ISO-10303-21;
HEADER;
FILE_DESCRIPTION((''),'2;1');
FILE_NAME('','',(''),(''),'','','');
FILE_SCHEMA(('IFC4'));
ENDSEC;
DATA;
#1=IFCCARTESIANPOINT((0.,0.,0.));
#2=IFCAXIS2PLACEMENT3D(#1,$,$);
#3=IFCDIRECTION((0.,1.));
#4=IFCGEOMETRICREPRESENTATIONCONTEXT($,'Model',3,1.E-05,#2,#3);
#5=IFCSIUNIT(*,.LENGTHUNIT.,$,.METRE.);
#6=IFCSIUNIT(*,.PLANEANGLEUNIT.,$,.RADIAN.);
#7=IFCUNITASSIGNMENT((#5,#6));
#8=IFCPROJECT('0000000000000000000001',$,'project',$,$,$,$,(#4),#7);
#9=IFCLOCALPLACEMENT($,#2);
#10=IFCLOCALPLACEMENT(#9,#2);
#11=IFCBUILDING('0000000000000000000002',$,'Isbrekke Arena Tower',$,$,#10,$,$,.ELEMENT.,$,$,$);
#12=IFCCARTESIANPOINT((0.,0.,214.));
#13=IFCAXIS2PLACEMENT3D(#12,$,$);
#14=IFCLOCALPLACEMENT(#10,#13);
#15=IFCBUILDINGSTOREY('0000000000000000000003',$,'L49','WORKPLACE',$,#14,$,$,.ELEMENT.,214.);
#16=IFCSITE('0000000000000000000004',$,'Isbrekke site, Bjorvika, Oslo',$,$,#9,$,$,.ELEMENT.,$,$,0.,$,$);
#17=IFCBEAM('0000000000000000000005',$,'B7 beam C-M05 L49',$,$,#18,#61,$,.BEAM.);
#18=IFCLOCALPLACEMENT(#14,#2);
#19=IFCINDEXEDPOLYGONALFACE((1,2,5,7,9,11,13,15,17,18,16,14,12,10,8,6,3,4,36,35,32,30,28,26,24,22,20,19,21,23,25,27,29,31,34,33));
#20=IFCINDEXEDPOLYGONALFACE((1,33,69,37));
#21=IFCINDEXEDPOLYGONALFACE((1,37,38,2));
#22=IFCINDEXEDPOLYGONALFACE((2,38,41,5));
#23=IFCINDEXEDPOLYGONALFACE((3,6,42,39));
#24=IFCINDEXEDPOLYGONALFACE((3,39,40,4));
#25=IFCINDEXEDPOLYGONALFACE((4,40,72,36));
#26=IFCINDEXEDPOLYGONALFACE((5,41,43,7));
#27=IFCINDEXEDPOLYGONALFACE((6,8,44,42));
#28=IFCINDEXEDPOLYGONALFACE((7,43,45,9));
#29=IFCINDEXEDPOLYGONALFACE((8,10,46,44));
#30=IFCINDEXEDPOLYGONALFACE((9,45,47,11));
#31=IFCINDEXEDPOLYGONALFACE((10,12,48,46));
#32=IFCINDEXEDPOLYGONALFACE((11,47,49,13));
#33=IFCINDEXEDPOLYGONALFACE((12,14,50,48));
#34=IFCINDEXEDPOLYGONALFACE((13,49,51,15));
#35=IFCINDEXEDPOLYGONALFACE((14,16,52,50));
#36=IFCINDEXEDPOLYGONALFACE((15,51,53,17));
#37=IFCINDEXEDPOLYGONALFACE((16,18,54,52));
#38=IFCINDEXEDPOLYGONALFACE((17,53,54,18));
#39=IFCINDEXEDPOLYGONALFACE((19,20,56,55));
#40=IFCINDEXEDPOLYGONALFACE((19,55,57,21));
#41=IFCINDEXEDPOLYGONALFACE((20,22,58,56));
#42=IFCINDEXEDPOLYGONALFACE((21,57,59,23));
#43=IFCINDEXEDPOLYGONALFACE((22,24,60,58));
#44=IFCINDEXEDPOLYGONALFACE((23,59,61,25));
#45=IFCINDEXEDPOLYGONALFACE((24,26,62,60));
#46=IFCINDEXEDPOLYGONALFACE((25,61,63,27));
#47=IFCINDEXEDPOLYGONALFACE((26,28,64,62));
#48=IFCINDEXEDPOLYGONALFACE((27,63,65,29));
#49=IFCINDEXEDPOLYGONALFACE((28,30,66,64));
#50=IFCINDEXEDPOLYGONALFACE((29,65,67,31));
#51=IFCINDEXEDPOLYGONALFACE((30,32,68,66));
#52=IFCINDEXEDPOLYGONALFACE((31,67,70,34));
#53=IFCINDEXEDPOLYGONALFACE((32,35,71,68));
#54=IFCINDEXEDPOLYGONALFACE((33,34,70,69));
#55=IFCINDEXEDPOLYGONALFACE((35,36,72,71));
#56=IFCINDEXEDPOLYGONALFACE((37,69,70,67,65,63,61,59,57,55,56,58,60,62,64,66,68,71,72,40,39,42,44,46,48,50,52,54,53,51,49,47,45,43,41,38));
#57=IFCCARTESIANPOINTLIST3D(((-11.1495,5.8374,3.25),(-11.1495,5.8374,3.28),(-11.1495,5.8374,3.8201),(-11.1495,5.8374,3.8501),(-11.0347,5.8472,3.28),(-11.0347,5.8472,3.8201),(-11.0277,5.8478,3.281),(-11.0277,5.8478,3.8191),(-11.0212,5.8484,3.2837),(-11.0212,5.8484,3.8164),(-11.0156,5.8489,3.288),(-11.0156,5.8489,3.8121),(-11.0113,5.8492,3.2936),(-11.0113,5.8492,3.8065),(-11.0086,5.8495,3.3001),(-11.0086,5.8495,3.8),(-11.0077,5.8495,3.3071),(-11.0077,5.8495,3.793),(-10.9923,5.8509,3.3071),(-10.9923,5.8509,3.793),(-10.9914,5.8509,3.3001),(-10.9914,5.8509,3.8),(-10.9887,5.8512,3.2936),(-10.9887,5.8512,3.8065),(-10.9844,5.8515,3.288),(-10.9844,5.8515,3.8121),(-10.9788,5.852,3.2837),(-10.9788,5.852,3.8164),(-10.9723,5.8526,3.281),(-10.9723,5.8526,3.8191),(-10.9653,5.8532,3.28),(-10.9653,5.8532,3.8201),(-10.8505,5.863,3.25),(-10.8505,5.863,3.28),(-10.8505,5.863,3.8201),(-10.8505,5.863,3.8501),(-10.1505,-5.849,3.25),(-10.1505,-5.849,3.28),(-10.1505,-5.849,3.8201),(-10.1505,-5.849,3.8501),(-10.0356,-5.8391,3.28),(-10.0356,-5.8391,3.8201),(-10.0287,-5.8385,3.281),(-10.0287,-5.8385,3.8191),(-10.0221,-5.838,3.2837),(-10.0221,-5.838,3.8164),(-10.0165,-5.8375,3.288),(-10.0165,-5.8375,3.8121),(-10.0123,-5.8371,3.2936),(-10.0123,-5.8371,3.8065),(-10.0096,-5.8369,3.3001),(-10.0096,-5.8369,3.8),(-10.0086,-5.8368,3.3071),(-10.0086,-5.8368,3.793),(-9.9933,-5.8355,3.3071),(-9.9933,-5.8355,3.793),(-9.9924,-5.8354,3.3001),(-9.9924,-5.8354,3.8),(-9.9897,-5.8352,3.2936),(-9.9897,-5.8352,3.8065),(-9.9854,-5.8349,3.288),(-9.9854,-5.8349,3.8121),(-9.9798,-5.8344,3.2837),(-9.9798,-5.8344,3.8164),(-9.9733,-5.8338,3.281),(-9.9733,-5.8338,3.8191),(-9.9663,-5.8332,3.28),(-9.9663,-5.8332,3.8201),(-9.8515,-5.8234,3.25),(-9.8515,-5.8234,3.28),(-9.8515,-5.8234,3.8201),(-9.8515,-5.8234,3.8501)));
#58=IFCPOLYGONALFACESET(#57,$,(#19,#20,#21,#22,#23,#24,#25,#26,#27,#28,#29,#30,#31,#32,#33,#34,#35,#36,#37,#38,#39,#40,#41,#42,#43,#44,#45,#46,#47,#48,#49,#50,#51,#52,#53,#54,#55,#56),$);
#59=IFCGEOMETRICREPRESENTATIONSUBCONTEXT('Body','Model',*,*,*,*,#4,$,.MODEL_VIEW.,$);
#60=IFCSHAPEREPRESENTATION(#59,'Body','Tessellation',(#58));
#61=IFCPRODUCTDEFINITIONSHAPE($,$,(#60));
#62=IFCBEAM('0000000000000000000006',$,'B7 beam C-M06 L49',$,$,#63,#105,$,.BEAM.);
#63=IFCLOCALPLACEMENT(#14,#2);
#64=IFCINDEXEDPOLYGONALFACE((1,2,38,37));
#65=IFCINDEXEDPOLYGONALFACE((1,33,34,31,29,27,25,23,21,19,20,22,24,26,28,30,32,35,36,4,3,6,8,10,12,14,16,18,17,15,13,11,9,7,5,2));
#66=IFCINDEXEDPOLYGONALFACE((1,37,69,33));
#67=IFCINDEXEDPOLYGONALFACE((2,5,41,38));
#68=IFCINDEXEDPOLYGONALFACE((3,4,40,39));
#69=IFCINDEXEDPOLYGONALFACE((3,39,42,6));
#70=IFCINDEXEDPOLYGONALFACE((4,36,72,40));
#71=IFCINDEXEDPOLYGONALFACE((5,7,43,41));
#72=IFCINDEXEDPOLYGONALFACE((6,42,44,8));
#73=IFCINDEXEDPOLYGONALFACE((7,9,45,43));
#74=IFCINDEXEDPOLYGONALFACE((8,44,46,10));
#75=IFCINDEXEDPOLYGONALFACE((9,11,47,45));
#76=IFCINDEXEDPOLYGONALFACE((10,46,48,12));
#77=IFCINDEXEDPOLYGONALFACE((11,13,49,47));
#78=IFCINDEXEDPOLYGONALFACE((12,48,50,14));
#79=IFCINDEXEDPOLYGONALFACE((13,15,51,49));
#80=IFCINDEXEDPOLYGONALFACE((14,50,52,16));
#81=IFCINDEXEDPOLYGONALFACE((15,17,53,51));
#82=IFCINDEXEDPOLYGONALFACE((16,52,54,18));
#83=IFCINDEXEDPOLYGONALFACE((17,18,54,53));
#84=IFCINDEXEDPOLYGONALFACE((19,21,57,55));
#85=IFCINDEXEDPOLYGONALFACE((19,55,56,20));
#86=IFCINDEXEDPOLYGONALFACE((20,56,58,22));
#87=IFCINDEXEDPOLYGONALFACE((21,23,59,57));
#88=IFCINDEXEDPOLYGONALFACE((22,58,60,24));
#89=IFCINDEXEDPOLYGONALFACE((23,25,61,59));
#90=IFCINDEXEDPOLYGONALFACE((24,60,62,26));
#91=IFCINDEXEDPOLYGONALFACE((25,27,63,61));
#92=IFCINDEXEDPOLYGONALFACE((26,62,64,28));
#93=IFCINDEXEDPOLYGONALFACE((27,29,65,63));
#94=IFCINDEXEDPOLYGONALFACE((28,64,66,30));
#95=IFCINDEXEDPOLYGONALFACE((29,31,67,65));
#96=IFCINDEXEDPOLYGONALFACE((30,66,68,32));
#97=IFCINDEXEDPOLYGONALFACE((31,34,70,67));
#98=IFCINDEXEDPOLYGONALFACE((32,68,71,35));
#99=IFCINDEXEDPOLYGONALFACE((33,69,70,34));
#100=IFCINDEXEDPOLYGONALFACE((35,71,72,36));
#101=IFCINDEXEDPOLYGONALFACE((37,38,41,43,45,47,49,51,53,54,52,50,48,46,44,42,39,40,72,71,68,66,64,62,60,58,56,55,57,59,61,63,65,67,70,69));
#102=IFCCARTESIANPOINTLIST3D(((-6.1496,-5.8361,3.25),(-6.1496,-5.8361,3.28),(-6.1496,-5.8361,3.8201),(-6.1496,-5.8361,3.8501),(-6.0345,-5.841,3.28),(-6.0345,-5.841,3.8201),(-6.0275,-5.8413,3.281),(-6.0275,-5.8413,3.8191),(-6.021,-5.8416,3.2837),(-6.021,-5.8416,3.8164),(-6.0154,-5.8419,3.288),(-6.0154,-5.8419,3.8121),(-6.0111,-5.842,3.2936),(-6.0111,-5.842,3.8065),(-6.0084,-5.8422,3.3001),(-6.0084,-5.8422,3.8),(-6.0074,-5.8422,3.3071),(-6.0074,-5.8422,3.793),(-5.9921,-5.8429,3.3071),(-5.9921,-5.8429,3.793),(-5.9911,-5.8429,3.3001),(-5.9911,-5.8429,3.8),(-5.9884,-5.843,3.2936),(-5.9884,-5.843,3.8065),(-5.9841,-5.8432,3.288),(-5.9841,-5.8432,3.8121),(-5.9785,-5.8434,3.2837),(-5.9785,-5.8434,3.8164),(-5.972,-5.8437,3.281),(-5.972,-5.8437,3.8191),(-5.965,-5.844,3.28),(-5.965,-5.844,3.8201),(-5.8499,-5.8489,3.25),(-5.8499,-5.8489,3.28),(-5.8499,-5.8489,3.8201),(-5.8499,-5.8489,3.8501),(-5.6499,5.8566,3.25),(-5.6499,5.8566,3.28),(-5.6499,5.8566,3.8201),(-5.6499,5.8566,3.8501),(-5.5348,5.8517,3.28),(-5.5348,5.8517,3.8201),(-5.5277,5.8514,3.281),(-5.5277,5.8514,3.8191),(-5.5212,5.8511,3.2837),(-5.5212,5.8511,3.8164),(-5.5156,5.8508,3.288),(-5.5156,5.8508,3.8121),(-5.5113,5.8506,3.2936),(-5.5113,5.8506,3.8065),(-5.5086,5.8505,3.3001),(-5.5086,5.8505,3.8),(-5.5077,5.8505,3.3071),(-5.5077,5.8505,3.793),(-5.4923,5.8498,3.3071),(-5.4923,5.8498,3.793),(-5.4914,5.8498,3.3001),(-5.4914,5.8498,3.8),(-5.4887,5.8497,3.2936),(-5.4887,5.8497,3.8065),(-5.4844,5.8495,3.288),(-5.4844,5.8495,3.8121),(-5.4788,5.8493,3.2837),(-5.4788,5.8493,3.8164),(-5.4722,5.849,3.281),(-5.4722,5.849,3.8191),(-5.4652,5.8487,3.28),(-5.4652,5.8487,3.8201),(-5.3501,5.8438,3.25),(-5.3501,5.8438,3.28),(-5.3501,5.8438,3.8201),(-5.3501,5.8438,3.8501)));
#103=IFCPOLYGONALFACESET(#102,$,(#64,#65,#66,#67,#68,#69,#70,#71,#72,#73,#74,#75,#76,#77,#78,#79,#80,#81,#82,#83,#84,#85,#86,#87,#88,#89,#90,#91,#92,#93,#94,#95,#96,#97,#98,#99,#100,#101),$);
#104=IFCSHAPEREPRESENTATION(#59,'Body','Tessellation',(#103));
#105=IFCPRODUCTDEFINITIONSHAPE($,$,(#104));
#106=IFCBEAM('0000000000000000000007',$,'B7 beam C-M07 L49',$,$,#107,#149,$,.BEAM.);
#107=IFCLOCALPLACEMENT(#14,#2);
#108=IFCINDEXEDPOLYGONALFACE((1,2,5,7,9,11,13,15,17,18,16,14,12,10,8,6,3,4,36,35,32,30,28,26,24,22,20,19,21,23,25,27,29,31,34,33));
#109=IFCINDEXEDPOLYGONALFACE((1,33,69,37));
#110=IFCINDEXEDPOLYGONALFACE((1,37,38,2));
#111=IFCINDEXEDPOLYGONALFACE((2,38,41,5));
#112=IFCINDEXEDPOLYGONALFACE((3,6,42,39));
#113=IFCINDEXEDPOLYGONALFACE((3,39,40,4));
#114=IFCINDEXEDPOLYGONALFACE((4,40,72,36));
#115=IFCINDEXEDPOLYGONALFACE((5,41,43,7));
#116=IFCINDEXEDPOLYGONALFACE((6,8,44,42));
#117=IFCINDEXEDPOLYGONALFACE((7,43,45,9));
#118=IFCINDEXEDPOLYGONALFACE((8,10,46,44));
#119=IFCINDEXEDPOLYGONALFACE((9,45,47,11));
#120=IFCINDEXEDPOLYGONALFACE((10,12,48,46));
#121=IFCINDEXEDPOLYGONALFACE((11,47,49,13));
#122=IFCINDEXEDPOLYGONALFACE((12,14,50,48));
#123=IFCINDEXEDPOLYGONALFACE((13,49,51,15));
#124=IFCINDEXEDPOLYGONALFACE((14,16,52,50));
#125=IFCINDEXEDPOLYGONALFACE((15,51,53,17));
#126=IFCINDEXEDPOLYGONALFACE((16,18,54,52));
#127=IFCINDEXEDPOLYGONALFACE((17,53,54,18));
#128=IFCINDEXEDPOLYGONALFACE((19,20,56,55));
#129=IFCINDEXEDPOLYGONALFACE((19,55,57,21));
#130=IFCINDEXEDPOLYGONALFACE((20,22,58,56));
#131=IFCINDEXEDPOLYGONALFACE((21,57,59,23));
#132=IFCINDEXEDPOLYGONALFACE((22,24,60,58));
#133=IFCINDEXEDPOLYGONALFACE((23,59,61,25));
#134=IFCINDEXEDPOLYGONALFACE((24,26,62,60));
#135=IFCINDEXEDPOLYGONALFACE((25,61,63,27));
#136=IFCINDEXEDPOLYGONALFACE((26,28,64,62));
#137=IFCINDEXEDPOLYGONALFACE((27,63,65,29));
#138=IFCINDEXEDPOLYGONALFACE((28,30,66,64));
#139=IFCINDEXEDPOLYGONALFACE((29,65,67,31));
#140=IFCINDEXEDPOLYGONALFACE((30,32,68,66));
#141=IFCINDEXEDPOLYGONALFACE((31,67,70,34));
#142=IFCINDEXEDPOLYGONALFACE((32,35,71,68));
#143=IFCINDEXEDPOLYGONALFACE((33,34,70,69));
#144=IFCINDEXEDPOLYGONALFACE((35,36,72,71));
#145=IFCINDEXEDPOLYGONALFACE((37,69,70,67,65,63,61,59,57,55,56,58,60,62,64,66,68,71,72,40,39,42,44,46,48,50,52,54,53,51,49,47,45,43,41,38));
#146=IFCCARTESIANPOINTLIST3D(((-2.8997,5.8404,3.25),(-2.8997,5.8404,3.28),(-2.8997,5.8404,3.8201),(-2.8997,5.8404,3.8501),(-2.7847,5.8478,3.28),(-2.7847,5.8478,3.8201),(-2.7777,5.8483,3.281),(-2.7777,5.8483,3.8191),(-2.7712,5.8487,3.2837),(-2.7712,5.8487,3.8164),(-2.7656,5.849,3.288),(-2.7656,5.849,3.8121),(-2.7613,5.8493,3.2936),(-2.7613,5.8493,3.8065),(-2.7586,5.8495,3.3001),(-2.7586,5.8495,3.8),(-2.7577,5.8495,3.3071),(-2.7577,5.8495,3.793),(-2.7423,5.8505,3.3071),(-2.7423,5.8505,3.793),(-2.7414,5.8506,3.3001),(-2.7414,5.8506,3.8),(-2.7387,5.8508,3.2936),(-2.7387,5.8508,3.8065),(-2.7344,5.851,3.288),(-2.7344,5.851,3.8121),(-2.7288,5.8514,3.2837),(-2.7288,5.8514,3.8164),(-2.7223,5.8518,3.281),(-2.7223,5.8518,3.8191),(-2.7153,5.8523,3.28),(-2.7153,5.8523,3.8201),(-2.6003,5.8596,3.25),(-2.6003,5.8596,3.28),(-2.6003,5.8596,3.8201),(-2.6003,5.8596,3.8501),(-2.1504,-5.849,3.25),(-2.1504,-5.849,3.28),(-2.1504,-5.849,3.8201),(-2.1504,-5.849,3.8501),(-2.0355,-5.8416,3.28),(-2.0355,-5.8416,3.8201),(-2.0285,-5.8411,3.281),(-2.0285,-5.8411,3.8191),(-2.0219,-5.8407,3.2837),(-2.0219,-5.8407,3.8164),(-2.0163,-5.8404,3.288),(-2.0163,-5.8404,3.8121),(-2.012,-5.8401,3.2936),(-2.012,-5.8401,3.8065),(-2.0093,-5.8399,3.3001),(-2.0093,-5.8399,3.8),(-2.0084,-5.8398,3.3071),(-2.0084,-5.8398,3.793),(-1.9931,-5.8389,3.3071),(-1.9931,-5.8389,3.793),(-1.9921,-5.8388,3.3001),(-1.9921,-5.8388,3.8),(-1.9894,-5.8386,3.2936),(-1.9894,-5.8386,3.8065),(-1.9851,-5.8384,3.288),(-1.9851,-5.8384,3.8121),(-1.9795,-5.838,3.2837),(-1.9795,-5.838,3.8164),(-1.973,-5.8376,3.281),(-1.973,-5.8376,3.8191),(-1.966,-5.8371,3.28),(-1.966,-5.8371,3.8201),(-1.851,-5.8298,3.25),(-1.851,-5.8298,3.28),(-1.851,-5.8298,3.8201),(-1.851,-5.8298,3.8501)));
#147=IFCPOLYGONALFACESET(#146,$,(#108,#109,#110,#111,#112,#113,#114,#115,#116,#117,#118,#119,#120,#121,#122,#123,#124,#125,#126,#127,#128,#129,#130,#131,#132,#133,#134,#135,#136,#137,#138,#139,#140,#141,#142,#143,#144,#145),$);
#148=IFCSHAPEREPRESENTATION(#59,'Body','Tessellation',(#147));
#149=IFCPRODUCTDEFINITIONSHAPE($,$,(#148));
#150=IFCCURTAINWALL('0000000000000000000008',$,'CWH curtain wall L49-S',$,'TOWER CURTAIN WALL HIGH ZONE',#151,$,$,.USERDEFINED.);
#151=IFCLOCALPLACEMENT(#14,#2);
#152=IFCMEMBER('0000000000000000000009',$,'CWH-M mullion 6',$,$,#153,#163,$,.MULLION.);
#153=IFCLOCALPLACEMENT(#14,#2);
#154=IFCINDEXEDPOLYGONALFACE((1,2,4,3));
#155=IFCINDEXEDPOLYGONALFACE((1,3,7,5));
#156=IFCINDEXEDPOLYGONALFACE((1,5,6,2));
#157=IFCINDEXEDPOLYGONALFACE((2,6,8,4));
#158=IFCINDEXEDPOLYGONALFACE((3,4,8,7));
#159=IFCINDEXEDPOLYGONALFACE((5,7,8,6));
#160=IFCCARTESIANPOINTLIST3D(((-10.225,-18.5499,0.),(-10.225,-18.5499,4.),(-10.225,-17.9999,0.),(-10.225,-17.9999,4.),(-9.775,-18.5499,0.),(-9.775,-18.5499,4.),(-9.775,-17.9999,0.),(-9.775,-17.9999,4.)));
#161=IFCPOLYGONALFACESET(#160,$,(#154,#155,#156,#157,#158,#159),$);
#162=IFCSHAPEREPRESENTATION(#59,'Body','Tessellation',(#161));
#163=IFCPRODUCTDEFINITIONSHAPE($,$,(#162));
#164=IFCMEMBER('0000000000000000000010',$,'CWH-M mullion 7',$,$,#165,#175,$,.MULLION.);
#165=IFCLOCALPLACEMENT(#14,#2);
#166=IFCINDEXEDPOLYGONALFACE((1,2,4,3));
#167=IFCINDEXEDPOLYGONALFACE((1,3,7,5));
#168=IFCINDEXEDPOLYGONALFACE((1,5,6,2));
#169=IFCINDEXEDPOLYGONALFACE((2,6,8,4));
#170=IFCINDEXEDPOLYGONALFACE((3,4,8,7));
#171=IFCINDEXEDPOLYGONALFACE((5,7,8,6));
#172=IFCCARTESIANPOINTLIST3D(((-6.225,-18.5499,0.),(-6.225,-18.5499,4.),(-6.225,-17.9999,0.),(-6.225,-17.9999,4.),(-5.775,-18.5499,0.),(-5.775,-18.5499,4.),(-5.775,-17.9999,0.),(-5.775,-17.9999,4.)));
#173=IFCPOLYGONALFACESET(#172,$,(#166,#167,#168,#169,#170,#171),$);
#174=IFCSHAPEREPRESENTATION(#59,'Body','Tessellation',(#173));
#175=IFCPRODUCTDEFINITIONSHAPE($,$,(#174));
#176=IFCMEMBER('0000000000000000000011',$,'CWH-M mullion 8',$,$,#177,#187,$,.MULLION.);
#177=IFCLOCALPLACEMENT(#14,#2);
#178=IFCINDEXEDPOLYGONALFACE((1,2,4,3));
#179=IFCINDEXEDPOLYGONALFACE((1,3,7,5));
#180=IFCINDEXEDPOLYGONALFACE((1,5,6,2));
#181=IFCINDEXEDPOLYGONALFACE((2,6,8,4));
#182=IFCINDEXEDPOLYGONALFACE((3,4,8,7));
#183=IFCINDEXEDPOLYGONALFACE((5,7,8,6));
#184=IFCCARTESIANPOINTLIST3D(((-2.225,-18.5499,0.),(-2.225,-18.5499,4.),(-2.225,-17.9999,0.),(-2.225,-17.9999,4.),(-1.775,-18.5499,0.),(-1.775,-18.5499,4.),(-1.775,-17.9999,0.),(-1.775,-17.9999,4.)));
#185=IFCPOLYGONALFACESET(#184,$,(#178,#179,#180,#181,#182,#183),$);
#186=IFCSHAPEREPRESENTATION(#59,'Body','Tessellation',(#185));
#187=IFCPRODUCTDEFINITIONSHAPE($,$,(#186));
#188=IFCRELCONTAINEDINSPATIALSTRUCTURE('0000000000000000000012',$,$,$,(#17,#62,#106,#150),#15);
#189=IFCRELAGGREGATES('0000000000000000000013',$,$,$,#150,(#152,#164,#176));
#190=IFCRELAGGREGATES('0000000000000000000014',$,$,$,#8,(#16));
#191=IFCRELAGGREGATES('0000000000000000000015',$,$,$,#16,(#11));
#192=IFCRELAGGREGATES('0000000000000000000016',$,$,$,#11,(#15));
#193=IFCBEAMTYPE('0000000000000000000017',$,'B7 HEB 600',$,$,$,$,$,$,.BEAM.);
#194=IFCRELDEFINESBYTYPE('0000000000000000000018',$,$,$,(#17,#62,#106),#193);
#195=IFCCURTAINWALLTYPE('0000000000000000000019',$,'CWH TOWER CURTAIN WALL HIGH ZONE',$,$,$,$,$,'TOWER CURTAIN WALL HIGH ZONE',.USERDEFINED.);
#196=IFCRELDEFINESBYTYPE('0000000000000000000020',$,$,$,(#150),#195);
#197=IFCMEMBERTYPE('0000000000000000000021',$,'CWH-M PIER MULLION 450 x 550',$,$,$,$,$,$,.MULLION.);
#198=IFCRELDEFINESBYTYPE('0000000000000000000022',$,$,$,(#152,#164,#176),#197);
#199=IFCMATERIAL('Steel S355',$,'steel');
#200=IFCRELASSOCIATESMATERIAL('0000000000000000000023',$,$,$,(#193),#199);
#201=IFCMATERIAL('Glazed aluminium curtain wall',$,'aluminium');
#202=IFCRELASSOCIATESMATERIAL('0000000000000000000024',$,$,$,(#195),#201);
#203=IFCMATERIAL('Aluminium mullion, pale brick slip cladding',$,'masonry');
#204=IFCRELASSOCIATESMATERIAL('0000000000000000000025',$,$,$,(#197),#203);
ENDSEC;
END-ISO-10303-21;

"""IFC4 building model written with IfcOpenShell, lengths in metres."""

from ifc_helpers import new_model, si_unit, direction, frame, origin, origin_2d, place, context, subcontext, project, spatial, rectangle, i_section, extrude, material, material_profile, profile_set, type_object, element, aggregate, save


model = new_model("IFC4")

# Units and contexts
model_context = context("Model", 3, precision=1e-05, world=origin(), true_north=direction((0.0, 1.0)))
body_context = subcontext(model_context, "Body", "Model", "MODEL_VIEW")
ifc_project = project(units=[si_unit("LENGTHUNIT", "METRE"), si_unit("PLANEANGLEUNIT", "RADIAN")], contexts=[model_context])

# Site, building, storey
site_placement = place(None, origin())
site = spatial("IfcSite", under=ifc_project, at=site_placement, Name="Isbrekke site, Bjorvika, Oslo", CompositionType="ELEMENT", RefElevation=0.0)
building_placement = place(site_placement, origin())
building = spatial("IfcBuilding", under=site, at=building_placement, Name="Isbrekke Arena Tower", CompositionType="ELEMENT")
storey_placement = place(building_placement, frame((0.0, 0.0, 214.0)))
storey = spatial("IfcBuildingStorey", under=building, at=storey_placement, Name="L49", Description="WORKPLACE", CompositionType="ELEMENT", Elevation=214.0)

# Beams
ifc_material_1 = material(Name="Steel S355", Category="steel")
ifc_material_profile_1 = material_profile(ifc_material_1, i_section(OverallWidth=0.3, OverallDepth=0.6001, WebThickness=0.0154, FlangeThickness=0.03, FilletRadius=0.0271, at=origin_2d()), Name="HEB 600")
ifc_profile_set_1 = profile_set([ifc_material_profile_1], Name="Steel S355")
beam_type_1 = type_object("IfcBeamType", Name="B7 HEB 600", PredefinedType="BEAM", material=ifc_profile_set_1)
beam_1_placement = place(storey_placement, frame((-10.001, -5.8362, 3.55), z_axis=(-0.085176, 0.996366, 0.0), x_axis=(-0.996366, -0.085176, 0.0)))
element("IfcBeam", 1, at=beam_1_placement, inside=storey, type_object=beam_type_1, Name="B7 beam C-M05 L49", PredefinedType="BEAM", context=body_context, shape_type="SweptSolid", body=[
    extrude(i_section(OverallWidth=0.3, OverallDepth=0.6001, WebThickness=0.0154, FlangeThickness=0.03, FilletRadius=0.0271, at=origin_2d()), origin(), (0.0, 0.0, 1.0), 11.729),
])
beam_2_placement = place(storey_placement, frame((-5.9998, -5.8425, 3.55), z_axis=(0.042702, 0.999088, 0.0), x_axis=(-0.999088, 0.042702, 0.0)))
element("IfcBeam", 2, at=beam_2_placement, inside=storey, type_object=beam_type_1, Name="B7 beam C-M06 L49", PredefinedType="BEAM", context=body_context, shape_type="SweptSolid", body=[
    extrude(i_section(OverallWidth=0.3, OverallDepth=0.6001, WebThickness=0.0154, FlangeThickness=0.03, FilletRadius=0.0271, at=origin_2d()), origin(), (0.0, 0.0, 1.0), 11.7034),
])
beam_3_placement = place(storey_placement, frame((-2.0007, -5.8394, 3.55), z_axis=(-0.063966, 0.997952, 0.0), x_axis=(-0.997952, -0.063966, 0.0)))
element("IfcBeam", 3, at=beam_3_placement, inside=storey, type_object=beam_type_1, Name="B7 beam C-M07 L49", PredefinedType="BEAM", context=body_context, shape_type="SweptSolid", body=[
    extrude(i_section(OverallWidth=0.3, OverallDepth=0.6001, WebThickness=0.0154, FlangeThickness=0.03, FilletRadius=0.0271, at=origin_2d()), origin(), (0.0, 0.0, 1.0), 11.7134),
])

# Curtain wall, members
ifc_material_2 = material(Name="Glazed aluminium curtain wall", Category="aluminium")
curtain_wall_type = type_object("IfcCurtainWallType", Name="CWH TOWER CURTAIN WALL HIGH ZONE", ElementType="TOWER CURTAIN WALL HIGH ZONE", PredefinedType="USERDEFINED", material=ifc_material_2)
curtain_wall_placement = place(storey_placement, origin())
curtain_wall = element("IfcCurtainWall", 4, at=curtain_wall_placement, inside=storey, type_object=curtain_wall_type, Name="CWH curtain wall L49-S", ObjectType="TOWER CURTAIN WALL HIGH ZONE", PredefinedType="USERDEFINED")
ifc_material_3 = material(Name="Aluminium mullion, pale brick slip cladding", Category="masonry")
ifc_material_profile_2 = material_profile(ifc_material_3, rectangle(XDim=0.45, YDim=0.55, at=origin_2d()), Name="PIER 450X550")
ifc_profile_set_2 = profile_set([ifc_material_profile_2], Name="Aluminium mullion, pale brick slip cladding")
member_type_1 = type_object("IfcMemberType", Name="CWH-M PIER MULLION 450 x 550", PredefinedType="MULLION", material=ifc_profile_set_2)
member_1_placement = place(storey_placement, frame((-10.0, -18.2749, 0.0), z_axis=(0.0, 0.0, 1.0), x_axis=(1.0, 0.0, 0.0)))
member_1 = element("IfcMember", 5, at=member_1_placement, type_object=member_type_1, Name="CWH-M mullion 6", PredefinedType="MULLION", context=body_context, shape_type="SweptSolid", body=[
    extrude(rectangle(XDim=0.45, YDim=0.55, at=origin_2d()), origin(), (0.0, 0.0, 1.0), 4.0),
])
member_2_placement = place(storey_placement, frame((-6.0, -18.2749, 0.0), z_axis=(0.0, 0.0, 1.0), x_axis=(1.0, 0.0, 0.0)))
member_2 = element("IfcMember", 6, at=member_2_placement, type_object=member_type_1, Name="CWH-M mullion 7", PredefinedType="MULLION", context=body_context, shape_type="SweptSolid", body=[
    extrude(rectangle(XDim=0.45, YDim=0.55, at=origin_2d()), origin(), (0.0, 0.0, 1.0), 4.0),
])
member_3_placement = place(storey_placement, frame((-2.0, -18.2749, 0.0), z_axis=(0.0, 0.0, 1.0), x_axis=(1.0, 0.0, 0.0)))
member_3 = element("IfcMember", 7, at=member_3_placement, type_object=member_type_1, Name="CWH-M mullion 8", PredefinedType="MULLION", context=body_context, shape_type="SweptSolid", body=[
    extrude(rectangle(XDim=0.45, YDim=0.55, at=origin_2d()), origin(), (0.0, 0.0, 1.0), 4.0),
])

aggregate(curtain_wall, [member_1, member_2, member_3])

save(model, "model.ifc")
